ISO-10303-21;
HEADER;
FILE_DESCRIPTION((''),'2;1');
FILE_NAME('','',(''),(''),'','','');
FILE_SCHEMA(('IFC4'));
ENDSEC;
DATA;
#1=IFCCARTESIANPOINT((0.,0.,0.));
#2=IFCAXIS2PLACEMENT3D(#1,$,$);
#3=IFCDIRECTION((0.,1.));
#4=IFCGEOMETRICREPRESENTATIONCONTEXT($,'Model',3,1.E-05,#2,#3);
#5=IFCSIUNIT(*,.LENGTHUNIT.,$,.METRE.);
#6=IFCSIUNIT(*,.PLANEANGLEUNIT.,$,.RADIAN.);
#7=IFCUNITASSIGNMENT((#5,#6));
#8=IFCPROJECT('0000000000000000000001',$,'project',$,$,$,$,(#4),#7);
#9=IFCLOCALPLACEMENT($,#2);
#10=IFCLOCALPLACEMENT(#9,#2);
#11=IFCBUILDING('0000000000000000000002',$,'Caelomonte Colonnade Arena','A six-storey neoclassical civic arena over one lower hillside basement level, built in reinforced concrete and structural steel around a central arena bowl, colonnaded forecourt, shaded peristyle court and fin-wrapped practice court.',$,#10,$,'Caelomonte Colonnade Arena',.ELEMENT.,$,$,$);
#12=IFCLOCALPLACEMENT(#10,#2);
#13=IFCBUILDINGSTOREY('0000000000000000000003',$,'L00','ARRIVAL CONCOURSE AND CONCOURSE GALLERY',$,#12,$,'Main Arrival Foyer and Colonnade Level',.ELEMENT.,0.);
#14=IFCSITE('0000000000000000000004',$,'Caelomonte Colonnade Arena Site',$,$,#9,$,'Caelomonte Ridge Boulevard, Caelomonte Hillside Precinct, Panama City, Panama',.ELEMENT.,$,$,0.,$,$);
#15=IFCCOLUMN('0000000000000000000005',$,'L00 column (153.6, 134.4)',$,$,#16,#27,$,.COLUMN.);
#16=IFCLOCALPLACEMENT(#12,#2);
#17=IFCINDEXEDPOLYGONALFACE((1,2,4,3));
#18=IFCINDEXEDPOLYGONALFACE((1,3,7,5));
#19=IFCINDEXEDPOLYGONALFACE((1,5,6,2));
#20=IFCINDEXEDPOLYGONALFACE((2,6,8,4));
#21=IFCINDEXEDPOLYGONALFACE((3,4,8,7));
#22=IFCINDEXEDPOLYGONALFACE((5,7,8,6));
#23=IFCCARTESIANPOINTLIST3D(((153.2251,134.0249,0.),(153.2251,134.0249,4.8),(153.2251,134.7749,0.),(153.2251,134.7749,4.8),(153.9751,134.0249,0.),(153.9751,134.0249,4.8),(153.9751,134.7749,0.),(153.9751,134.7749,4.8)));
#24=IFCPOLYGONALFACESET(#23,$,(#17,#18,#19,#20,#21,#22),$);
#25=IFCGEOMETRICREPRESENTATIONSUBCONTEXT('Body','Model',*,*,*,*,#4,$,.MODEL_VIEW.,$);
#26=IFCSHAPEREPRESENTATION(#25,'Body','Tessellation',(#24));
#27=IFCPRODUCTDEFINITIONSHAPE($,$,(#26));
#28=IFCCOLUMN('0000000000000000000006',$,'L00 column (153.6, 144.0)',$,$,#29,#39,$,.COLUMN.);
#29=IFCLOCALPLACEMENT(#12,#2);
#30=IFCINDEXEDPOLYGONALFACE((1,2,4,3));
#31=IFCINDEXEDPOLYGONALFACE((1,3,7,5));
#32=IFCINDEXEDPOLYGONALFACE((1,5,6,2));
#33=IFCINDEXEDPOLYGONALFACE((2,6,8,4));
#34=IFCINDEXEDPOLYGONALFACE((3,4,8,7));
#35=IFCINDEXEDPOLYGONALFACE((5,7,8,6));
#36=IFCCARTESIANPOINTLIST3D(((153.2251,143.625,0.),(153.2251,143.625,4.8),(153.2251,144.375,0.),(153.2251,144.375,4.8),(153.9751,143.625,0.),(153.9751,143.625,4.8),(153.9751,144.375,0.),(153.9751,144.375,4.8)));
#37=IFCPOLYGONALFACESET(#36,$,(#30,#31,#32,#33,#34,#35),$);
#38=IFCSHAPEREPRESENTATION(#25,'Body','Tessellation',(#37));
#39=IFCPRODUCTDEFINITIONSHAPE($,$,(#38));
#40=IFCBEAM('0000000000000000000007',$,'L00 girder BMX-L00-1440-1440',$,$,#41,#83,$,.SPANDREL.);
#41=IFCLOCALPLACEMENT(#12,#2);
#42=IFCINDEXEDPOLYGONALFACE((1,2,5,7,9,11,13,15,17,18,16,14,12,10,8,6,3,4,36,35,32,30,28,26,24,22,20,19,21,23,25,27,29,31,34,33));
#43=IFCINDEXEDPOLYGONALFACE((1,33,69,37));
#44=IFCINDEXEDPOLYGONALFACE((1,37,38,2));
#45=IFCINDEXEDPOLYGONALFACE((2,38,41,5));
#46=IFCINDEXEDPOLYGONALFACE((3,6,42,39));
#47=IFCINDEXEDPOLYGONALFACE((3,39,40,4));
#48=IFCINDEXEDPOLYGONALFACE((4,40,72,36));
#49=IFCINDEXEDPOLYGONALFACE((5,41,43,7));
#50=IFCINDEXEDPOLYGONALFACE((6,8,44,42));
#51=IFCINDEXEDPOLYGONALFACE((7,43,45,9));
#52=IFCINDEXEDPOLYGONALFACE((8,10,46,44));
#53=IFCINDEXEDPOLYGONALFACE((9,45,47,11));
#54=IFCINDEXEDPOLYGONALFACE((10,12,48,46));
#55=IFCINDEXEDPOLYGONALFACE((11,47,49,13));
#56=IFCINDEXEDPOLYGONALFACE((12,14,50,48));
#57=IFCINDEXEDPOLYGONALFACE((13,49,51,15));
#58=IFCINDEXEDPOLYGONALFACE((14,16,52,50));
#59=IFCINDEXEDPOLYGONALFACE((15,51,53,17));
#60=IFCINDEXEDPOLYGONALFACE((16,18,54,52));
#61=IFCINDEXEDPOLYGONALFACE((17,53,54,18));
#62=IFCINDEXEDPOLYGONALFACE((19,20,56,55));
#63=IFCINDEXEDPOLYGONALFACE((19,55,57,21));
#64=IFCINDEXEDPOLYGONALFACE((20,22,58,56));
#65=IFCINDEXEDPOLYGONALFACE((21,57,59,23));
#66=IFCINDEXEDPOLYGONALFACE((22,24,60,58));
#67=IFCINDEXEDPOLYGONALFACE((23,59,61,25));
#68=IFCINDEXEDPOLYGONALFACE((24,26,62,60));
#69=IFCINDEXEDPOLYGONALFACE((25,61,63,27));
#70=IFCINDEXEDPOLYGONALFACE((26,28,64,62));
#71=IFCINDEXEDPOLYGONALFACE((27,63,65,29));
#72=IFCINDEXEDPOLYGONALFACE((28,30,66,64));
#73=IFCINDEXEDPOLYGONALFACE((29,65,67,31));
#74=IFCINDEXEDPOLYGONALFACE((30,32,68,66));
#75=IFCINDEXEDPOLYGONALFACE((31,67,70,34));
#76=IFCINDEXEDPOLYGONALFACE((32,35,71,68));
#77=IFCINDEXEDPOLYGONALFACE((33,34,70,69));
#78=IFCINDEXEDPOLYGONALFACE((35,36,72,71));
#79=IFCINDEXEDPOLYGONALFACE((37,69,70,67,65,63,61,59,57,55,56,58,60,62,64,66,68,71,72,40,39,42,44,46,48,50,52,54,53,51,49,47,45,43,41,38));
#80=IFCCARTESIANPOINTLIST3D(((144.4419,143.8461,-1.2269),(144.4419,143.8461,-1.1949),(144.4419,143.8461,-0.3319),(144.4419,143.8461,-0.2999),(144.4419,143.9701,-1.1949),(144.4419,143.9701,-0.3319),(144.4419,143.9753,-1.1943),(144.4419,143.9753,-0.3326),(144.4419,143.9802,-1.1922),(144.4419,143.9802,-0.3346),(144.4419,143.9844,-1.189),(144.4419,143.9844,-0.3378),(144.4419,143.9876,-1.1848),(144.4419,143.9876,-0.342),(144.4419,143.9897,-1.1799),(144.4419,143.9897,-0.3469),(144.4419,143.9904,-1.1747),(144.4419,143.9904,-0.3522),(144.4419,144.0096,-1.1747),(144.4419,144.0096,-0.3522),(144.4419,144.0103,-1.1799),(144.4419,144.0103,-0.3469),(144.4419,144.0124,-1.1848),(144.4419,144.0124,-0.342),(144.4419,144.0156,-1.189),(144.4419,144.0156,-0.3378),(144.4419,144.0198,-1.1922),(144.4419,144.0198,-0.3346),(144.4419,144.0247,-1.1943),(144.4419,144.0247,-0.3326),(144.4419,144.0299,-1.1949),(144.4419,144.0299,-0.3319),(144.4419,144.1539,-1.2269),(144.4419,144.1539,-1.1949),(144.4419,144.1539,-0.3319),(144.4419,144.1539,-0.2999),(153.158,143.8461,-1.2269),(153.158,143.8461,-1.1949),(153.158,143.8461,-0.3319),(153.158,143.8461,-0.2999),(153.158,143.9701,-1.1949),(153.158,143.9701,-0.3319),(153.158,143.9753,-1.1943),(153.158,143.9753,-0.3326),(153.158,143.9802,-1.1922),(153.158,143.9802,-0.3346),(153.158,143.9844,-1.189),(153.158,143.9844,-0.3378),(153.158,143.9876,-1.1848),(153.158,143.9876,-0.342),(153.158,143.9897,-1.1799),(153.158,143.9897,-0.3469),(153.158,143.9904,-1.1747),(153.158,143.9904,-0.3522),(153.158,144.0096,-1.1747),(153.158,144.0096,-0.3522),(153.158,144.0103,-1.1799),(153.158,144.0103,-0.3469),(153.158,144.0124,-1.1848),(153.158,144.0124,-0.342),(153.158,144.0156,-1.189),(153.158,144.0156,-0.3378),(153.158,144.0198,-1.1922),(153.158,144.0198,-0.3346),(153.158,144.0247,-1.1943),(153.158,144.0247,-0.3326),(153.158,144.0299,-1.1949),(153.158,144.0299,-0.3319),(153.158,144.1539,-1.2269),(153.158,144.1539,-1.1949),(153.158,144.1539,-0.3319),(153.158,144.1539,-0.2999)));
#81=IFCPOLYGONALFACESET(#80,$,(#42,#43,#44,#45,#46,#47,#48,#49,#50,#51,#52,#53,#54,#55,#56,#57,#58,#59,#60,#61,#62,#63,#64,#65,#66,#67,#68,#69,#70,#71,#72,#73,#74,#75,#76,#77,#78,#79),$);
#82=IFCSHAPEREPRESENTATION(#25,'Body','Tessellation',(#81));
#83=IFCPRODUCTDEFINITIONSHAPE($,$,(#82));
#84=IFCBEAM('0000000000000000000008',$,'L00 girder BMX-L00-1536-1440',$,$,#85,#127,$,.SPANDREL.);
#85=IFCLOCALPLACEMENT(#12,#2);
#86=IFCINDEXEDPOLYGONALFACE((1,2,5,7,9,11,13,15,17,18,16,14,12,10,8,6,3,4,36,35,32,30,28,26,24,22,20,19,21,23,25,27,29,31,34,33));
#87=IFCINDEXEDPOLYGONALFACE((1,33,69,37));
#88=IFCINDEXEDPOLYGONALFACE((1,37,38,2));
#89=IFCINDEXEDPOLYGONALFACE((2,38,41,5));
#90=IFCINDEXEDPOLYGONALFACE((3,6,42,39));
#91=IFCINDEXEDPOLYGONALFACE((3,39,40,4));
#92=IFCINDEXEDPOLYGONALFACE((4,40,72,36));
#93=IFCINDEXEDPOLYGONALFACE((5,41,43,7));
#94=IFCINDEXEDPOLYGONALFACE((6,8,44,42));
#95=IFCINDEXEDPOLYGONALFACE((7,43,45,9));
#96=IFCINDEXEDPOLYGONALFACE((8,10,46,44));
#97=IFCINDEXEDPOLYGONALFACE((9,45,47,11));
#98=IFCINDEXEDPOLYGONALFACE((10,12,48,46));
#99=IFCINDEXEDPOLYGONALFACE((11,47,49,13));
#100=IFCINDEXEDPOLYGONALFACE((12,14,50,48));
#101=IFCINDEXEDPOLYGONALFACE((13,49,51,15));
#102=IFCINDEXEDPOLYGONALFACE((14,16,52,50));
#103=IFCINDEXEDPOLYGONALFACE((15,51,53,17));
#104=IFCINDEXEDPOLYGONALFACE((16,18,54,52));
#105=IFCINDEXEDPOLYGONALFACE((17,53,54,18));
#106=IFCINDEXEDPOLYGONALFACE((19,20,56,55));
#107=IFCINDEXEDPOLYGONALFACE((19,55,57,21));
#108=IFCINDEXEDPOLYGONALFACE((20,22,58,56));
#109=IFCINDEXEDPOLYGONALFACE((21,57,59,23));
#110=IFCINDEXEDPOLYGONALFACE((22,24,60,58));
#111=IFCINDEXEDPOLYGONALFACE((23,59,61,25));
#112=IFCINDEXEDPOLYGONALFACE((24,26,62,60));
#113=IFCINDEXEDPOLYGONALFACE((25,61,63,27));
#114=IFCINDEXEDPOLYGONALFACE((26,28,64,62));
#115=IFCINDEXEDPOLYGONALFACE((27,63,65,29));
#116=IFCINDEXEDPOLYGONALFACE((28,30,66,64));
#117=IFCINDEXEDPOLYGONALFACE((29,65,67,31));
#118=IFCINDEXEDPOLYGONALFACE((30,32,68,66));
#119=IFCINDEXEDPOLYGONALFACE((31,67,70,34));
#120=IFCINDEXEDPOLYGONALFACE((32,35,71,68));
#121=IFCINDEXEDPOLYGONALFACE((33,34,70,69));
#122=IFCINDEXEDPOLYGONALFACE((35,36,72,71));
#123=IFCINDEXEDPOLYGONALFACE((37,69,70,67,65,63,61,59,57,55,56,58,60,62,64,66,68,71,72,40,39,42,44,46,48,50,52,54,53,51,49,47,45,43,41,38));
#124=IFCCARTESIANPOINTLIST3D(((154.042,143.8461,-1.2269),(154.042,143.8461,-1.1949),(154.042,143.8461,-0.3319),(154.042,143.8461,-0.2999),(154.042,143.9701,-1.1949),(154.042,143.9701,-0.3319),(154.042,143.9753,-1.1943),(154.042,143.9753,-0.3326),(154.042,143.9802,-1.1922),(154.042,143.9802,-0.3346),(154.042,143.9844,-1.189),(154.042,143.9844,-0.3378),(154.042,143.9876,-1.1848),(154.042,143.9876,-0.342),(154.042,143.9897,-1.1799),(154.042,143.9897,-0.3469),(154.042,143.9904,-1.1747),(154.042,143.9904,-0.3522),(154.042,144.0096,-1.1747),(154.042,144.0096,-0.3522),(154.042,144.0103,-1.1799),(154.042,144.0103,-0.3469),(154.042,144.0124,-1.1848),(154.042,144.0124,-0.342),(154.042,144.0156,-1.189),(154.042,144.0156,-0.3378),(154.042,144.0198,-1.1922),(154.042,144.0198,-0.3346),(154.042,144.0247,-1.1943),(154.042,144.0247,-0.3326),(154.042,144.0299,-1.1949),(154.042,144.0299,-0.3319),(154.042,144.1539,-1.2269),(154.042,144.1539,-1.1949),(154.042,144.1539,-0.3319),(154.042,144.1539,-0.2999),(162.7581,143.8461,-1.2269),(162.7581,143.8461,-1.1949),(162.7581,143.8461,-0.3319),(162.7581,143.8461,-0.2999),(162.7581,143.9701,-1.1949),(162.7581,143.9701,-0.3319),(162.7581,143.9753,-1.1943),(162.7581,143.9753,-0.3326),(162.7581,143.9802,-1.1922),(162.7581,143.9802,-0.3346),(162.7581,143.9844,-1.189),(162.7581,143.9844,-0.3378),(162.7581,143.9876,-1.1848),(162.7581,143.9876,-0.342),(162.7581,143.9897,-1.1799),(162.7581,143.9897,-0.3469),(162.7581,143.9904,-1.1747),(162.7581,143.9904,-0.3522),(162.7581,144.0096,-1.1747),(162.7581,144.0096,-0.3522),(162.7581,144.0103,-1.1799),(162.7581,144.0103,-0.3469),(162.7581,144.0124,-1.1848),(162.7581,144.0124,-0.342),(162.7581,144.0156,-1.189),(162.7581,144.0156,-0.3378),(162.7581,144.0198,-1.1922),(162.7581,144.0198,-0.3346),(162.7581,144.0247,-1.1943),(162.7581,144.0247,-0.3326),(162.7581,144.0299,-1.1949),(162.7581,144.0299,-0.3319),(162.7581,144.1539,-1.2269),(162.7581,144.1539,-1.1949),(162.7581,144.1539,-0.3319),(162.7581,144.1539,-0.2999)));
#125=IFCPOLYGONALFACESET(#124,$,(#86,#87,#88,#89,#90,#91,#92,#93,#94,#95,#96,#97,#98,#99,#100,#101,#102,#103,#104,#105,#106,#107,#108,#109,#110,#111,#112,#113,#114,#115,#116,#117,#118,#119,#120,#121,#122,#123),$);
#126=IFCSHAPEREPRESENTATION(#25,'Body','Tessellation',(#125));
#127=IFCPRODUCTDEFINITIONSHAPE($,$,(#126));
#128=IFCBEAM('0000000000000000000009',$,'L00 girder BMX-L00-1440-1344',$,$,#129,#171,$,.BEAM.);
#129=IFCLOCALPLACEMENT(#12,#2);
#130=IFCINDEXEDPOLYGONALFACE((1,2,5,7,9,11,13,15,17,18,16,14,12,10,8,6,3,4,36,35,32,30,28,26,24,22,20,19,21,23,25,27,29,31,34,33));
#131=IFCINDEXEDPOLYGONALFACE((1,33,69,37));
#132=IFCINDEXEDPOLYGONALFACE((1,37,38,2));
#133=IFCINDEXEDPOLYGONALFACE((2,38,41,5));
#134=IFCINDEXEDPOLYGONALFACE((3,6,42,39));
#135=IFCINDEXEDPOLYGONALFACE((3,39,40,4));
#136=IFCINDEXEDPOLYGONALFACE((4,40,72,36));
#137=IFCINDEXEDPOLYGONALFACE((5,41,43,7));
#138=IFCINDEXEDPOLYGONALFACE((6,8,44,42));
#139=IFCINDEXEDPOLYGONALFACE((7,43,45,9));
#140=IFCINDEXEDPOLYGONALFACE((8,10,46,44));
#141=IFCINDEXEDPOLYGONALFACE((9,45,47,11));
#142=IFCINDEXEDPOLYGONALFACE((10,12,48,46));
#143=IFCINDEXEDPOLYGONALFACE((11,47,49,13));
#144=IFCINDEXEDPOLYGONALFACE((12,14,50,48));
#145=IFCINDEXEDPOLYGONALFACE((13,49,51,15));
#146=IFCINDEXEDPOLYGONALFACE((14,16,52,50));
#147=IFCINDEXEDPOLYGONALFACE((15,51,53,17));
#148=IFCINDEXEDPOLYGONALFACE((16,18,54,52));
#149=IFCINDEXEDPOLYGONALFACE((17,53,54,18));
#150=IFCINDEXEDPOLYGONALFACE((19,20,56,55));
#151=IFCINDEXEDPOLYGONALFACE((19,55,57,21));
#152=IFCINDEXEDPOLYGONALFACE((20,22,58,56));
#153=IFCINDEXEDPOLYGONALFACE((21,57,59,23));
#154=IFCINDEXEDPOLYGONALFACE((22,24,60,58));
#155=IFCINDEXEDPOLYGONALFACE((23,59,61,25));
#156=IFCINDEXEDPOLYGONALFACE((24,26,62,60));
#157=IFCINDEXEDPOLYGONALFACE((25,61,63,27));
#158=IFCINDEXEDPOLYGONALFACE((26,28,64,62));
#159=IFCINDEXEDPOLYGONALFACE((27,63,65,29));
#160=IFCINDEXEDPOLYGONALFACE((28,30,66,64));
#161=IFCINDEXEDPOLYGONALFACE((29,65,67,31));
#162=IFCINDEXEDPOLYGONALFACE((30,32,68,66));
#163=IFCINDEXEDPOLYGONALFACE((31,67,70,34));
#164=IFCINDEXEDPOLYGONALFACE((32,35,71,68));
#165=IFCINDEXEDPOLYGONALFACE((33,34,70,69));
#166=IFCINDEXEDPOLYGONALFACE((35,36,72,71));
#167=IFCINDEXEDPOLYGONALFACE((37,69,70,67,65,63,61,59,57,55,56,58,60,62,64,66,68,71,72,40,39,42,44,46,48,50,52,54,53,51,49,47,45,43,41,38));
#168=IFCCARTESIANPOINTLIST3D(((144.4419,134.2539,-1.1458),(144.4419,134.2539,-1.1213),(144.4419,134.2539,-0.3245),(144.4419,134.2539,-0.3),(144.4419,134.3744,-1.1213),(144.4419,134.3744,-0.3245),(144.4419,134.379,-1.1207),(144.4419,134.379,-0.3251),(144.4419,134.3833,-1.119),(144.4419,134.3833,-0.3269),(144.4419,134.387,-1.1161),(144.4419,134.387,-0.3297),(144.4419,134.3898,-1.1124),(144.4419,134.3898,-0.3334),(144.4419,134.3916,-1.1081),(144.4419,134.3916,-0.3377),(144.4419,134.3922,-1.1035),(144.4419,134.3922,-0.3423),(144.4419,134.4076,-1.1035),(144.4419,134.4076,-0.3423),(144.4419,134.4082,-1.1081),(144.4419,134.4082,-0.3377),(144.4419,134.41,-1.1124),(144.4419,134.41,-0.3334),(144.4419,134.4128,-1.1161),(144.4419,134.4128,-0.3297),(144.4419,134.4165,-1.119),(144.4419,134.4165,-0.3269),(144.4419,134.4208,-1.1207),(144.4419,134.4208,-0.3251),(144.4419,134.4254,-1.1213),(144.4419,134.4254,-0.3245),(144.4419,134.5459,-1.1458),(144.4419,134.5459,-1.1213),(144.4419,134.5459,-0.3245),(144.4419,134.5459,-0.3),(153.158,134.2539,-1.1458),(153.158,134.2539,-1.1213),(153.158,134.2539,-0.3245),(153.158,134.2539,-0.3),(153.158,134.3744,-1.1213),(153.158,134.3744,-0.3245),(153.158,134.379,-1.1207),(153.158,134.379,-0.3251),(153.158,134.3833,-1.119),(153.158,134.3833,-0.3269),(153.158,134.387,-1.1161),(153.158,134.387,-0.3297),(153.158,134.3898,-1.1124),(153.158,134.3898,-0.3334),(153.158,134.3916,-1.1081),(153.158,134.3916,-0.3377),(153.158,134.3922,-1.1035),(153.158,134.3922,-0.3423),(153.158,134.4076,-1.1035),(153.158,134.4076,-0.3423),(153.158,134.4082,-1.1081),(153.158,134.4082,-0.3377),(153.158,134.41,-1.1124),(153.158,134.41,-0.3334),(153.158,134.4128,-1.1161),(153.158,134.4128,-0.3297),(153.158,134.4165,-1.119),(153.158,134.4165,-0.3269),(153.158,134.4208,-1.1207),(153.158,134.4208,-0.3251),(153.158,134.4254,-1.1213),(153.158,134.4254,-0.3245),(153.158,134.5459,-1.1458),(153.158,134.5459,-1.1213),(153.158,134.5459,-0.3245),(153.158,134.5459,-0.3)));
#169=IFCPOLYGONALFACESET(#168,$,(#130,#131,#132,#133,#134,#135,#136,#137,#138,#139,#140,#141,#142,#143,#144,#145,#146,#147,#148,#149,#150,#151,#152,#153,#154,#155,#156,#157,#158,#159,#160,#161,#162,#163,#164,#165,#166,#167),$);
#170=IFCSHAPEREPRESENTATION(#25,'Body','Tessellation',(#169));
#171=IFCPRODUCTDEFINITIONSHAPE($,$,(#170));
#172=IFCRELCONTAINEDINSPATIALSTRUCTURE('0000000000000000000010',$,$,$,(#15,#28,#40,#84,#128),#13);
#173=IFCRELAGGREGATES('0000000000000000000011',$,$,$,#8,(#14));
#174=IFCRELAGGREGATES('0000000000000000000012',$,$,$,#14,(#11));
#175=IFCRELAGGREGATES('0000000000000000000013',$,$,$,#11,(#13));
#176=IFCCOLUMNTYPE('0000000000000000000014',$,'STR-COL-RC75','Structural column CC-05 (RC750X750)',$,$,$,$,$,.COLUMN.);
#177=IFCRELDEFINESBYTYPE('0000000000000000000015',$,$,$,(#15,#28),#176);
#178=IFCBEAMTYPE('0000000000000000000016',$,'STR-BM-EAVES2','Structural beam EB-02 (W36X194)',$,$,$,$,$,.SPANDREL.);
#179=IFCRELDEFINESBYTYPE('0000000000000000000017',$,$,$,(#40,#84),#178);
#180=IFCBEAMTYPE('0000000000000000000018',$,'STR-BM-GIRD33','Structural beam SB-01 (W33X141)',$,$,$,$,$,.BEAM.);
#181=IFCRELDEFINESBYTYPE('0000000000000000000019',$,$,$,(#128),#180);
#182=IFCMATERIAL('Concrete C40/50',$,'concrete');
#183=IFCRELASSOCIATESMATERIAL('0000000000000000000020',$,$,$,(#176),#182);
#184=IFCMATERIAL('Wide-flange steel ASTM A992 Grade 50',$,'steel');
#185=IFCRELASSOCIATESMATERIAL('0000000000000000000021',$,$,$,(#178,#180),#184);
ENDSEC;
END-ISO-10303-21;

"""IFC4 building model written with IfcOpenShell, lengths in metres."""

from ifc_helpers import new_model, si_unit, direction, frame, origin, origin_2d, place, context, subcontext, project, spatial, rectangle, i_section, extrude, material, material_profile, profile_set, type_object, element, save


model = new_model("IFC4")

# Units and contexts
model_context = context("Model", 3, precision=1e-05, world=origin(), true_north=direction((0.0, 1.0)))
body_context = subcontext(model_context, "Body", "Model", "MODEL_VIEW")
ifc_project = project(units=[si_unit("LENGTHUNIT", "METRE"), si_unit("PLANEANGLEUNIT", "RADIAN")], contexts=[model_context])

# Site, building, storey
site_placement = place(None, origin())
site = spatial("IfcSite", under=ifc_project, at=site_placement, Name="Caelomonte Colonnade Arena Site", LongName="Caelomonte Ridge Boulevard, Caelomonte Hillside Precinct, Panama City, Panama", CompositionType="ELEMENT", RefElevation=0.0)
building_placement = place(site_placement, origin())
building = spatial("IfcBuilding", under=site, at=building_placement, Name="Caelomonte Colonnade Arena", Description="A six-storey neoclassical civic arena over one lower hillside basement level, built in reinforced concrete and structural steel around a central arena bowl, colonnaded forecourt, shaded peristyle court and fin-wrapped practice court.", LongName="Caelomonte Colonnade Arena", CompositionType="ELEMENT")
storey_placement = place(building_placement, origin())
storey = spatial("IfcBuildingStorey", under=building, at=storey_placement, Name="L00", Description="ARRIVAL CONCOURSE AND CONCOURSE GALLERY", LongName="Main Arrival Foyer and Colonnade Level", CompositionType="ELEMENT", Elevation=0.0)

# Columns
ifc_material_1 = material(Name="Concrete C40/50", Category="concrete")
ifc_material_profile_1 = material_profile(ifc_material_1, rectangle(XDim=0.75, YDim=0.75, at=origin_2d()), Name="RC750X750")
ifc_profile_set_1 = profile_set([ifc_material_profile_1], Name="Concrete C40/50")
column_type = type_object("IfcColumnType", Name="STR-COL-RC75", Description="Structural column CC-05 (RC750X750)", PredefinedType="COLUMN", material=ifc_profile_set_1)
for number, where, z_axis, x_axis, name in (
    (1, (153.6001, 134.3999, 0.0), (0.0, 0.0, 1.0), (1.0, 0.0, 0.0), "L00 column (153.6, 134.4)"),
    (2, (153.6001, 144.0, 0.0), (0.0, 0.0, 1.0), (1.0, 0.0, 0.0), "L00 column (153.6, 144.0)"),
):
    element("IfcColumn", number, at=place(storey_placement, frame(where, z_axis=z_axis, x_axis=x_axis)), inside=storey, type_object=column_type, Name=name, PredefinedType="COLUMN", context=body_context, shape_type="SweptSolid", body=[
        extrude(rectangle(XDim=0.75, YDim=0.75, at=origin_2d()), origin(), (0.0, 0.0, 1.0), 4.8),
    ])

# Beams
ifc_material_2 = material(Name="Wide-flange steel ASTM A992 Grade 50", Category="steel")
ifc_material_profile_2 = material_profile(ifc_material_2, i_section(OverallWidth=0.3079, OverallDepth=0.927, WebThickness=0.0193, FlangeThickness=0.032, FilletRadius=0.0203, at=origin_2d()), Name="W36X194")
ifc_profile_set_2 = profile_set([ifc_material_profile_2], Name="Wide-flange steel ASTM A992 Grade 50")
beam_type_1 = type_object("IfcBeamType", Name="STR-BM-EAVES2", Description="Structural beam EB-02 (W36X194)", PredefinedType="SPANDREL", material=ifc_profile_set_2)
for number, where, z_axis, x_axis, name in (
    (3, (144.4419, 144.0, -0.7634), (1.0, 0.0, 0.0), (0.0, 1.0, 0.0), "L00 girder BMX-L00-1440-1440"),
    (4, (154.042, 144.0, -0.7634), (1.0, 0.0, 0.0), (0.0, 1.0, 0.0), "L00 girder BMX-L00-1536-1440"),
):
    element("IfcBeam", number, at=place(storey_placement, frame(where, z_axis=z_axis, x_axis=x_axis)), inside=storey, type_object=beam_type_1, Name=name, PredefinedType="SPANDREL", context=body_context, shape_type="SweptSolid", body=[
        extrude(i_section(OverallWidth=0.3079, OverallDepth=0.927, WebThickness=0.0193, FlangeThickness=0.032, FilletRadius=0.0203, at=origin_2d()), origin(), (0.0, 0.0, 1.0), 8.7161),
    ])
ifc_material_profile_3 = material_profile(ifc_material_2, i_section(OverallWidth=0.292, OverallDepth=0.8457, WebThickness=0.0154, FlangeThickness=0.0244, FilletRadius=0.0178, at=origin_2d()), Name="W33X141")
ifc_profile_set_3 = profile_set([ifc_material_profile_3], Name="Wide-flange steel ASTM A992 Grade 50")
beam_type_2 = type_object("IfcBeamType", Name="STR-BM-GIRD33", Description="Structural beam SB-01 (W33X141)", PredefinedType="BEAM", material=ifc_profile_set_3)
for number, where, z_axis, x_axis, name in (
    (5, (144.4419, 134.3999, -0.7229), (1.0, 0.0, 0.0), (0.0, 1.0, 0.0), "L00 girder BMX-L00-1440-1344"),
):
    element("IfcBeam", number, at=place(storey_placement, frame(where, z_axis=z_axis, x_axis=x_axis)), inside=storey, type_object=beam_type_2, Name=name, PredefinedType="BEAM", context=body_context, shape_type="SweptSolid", body=[
        extrude(i_section(OverallWidth=0.292, OverallDepth=0.8457, WebThickness=0.0154, FlangeThickness=0.0244, FilletRadius=0.0178, at=origin_2d()), origin(), (0.0, 0.0, 1.0), 8.7161),
    ])

save(model, "model.ifc")
